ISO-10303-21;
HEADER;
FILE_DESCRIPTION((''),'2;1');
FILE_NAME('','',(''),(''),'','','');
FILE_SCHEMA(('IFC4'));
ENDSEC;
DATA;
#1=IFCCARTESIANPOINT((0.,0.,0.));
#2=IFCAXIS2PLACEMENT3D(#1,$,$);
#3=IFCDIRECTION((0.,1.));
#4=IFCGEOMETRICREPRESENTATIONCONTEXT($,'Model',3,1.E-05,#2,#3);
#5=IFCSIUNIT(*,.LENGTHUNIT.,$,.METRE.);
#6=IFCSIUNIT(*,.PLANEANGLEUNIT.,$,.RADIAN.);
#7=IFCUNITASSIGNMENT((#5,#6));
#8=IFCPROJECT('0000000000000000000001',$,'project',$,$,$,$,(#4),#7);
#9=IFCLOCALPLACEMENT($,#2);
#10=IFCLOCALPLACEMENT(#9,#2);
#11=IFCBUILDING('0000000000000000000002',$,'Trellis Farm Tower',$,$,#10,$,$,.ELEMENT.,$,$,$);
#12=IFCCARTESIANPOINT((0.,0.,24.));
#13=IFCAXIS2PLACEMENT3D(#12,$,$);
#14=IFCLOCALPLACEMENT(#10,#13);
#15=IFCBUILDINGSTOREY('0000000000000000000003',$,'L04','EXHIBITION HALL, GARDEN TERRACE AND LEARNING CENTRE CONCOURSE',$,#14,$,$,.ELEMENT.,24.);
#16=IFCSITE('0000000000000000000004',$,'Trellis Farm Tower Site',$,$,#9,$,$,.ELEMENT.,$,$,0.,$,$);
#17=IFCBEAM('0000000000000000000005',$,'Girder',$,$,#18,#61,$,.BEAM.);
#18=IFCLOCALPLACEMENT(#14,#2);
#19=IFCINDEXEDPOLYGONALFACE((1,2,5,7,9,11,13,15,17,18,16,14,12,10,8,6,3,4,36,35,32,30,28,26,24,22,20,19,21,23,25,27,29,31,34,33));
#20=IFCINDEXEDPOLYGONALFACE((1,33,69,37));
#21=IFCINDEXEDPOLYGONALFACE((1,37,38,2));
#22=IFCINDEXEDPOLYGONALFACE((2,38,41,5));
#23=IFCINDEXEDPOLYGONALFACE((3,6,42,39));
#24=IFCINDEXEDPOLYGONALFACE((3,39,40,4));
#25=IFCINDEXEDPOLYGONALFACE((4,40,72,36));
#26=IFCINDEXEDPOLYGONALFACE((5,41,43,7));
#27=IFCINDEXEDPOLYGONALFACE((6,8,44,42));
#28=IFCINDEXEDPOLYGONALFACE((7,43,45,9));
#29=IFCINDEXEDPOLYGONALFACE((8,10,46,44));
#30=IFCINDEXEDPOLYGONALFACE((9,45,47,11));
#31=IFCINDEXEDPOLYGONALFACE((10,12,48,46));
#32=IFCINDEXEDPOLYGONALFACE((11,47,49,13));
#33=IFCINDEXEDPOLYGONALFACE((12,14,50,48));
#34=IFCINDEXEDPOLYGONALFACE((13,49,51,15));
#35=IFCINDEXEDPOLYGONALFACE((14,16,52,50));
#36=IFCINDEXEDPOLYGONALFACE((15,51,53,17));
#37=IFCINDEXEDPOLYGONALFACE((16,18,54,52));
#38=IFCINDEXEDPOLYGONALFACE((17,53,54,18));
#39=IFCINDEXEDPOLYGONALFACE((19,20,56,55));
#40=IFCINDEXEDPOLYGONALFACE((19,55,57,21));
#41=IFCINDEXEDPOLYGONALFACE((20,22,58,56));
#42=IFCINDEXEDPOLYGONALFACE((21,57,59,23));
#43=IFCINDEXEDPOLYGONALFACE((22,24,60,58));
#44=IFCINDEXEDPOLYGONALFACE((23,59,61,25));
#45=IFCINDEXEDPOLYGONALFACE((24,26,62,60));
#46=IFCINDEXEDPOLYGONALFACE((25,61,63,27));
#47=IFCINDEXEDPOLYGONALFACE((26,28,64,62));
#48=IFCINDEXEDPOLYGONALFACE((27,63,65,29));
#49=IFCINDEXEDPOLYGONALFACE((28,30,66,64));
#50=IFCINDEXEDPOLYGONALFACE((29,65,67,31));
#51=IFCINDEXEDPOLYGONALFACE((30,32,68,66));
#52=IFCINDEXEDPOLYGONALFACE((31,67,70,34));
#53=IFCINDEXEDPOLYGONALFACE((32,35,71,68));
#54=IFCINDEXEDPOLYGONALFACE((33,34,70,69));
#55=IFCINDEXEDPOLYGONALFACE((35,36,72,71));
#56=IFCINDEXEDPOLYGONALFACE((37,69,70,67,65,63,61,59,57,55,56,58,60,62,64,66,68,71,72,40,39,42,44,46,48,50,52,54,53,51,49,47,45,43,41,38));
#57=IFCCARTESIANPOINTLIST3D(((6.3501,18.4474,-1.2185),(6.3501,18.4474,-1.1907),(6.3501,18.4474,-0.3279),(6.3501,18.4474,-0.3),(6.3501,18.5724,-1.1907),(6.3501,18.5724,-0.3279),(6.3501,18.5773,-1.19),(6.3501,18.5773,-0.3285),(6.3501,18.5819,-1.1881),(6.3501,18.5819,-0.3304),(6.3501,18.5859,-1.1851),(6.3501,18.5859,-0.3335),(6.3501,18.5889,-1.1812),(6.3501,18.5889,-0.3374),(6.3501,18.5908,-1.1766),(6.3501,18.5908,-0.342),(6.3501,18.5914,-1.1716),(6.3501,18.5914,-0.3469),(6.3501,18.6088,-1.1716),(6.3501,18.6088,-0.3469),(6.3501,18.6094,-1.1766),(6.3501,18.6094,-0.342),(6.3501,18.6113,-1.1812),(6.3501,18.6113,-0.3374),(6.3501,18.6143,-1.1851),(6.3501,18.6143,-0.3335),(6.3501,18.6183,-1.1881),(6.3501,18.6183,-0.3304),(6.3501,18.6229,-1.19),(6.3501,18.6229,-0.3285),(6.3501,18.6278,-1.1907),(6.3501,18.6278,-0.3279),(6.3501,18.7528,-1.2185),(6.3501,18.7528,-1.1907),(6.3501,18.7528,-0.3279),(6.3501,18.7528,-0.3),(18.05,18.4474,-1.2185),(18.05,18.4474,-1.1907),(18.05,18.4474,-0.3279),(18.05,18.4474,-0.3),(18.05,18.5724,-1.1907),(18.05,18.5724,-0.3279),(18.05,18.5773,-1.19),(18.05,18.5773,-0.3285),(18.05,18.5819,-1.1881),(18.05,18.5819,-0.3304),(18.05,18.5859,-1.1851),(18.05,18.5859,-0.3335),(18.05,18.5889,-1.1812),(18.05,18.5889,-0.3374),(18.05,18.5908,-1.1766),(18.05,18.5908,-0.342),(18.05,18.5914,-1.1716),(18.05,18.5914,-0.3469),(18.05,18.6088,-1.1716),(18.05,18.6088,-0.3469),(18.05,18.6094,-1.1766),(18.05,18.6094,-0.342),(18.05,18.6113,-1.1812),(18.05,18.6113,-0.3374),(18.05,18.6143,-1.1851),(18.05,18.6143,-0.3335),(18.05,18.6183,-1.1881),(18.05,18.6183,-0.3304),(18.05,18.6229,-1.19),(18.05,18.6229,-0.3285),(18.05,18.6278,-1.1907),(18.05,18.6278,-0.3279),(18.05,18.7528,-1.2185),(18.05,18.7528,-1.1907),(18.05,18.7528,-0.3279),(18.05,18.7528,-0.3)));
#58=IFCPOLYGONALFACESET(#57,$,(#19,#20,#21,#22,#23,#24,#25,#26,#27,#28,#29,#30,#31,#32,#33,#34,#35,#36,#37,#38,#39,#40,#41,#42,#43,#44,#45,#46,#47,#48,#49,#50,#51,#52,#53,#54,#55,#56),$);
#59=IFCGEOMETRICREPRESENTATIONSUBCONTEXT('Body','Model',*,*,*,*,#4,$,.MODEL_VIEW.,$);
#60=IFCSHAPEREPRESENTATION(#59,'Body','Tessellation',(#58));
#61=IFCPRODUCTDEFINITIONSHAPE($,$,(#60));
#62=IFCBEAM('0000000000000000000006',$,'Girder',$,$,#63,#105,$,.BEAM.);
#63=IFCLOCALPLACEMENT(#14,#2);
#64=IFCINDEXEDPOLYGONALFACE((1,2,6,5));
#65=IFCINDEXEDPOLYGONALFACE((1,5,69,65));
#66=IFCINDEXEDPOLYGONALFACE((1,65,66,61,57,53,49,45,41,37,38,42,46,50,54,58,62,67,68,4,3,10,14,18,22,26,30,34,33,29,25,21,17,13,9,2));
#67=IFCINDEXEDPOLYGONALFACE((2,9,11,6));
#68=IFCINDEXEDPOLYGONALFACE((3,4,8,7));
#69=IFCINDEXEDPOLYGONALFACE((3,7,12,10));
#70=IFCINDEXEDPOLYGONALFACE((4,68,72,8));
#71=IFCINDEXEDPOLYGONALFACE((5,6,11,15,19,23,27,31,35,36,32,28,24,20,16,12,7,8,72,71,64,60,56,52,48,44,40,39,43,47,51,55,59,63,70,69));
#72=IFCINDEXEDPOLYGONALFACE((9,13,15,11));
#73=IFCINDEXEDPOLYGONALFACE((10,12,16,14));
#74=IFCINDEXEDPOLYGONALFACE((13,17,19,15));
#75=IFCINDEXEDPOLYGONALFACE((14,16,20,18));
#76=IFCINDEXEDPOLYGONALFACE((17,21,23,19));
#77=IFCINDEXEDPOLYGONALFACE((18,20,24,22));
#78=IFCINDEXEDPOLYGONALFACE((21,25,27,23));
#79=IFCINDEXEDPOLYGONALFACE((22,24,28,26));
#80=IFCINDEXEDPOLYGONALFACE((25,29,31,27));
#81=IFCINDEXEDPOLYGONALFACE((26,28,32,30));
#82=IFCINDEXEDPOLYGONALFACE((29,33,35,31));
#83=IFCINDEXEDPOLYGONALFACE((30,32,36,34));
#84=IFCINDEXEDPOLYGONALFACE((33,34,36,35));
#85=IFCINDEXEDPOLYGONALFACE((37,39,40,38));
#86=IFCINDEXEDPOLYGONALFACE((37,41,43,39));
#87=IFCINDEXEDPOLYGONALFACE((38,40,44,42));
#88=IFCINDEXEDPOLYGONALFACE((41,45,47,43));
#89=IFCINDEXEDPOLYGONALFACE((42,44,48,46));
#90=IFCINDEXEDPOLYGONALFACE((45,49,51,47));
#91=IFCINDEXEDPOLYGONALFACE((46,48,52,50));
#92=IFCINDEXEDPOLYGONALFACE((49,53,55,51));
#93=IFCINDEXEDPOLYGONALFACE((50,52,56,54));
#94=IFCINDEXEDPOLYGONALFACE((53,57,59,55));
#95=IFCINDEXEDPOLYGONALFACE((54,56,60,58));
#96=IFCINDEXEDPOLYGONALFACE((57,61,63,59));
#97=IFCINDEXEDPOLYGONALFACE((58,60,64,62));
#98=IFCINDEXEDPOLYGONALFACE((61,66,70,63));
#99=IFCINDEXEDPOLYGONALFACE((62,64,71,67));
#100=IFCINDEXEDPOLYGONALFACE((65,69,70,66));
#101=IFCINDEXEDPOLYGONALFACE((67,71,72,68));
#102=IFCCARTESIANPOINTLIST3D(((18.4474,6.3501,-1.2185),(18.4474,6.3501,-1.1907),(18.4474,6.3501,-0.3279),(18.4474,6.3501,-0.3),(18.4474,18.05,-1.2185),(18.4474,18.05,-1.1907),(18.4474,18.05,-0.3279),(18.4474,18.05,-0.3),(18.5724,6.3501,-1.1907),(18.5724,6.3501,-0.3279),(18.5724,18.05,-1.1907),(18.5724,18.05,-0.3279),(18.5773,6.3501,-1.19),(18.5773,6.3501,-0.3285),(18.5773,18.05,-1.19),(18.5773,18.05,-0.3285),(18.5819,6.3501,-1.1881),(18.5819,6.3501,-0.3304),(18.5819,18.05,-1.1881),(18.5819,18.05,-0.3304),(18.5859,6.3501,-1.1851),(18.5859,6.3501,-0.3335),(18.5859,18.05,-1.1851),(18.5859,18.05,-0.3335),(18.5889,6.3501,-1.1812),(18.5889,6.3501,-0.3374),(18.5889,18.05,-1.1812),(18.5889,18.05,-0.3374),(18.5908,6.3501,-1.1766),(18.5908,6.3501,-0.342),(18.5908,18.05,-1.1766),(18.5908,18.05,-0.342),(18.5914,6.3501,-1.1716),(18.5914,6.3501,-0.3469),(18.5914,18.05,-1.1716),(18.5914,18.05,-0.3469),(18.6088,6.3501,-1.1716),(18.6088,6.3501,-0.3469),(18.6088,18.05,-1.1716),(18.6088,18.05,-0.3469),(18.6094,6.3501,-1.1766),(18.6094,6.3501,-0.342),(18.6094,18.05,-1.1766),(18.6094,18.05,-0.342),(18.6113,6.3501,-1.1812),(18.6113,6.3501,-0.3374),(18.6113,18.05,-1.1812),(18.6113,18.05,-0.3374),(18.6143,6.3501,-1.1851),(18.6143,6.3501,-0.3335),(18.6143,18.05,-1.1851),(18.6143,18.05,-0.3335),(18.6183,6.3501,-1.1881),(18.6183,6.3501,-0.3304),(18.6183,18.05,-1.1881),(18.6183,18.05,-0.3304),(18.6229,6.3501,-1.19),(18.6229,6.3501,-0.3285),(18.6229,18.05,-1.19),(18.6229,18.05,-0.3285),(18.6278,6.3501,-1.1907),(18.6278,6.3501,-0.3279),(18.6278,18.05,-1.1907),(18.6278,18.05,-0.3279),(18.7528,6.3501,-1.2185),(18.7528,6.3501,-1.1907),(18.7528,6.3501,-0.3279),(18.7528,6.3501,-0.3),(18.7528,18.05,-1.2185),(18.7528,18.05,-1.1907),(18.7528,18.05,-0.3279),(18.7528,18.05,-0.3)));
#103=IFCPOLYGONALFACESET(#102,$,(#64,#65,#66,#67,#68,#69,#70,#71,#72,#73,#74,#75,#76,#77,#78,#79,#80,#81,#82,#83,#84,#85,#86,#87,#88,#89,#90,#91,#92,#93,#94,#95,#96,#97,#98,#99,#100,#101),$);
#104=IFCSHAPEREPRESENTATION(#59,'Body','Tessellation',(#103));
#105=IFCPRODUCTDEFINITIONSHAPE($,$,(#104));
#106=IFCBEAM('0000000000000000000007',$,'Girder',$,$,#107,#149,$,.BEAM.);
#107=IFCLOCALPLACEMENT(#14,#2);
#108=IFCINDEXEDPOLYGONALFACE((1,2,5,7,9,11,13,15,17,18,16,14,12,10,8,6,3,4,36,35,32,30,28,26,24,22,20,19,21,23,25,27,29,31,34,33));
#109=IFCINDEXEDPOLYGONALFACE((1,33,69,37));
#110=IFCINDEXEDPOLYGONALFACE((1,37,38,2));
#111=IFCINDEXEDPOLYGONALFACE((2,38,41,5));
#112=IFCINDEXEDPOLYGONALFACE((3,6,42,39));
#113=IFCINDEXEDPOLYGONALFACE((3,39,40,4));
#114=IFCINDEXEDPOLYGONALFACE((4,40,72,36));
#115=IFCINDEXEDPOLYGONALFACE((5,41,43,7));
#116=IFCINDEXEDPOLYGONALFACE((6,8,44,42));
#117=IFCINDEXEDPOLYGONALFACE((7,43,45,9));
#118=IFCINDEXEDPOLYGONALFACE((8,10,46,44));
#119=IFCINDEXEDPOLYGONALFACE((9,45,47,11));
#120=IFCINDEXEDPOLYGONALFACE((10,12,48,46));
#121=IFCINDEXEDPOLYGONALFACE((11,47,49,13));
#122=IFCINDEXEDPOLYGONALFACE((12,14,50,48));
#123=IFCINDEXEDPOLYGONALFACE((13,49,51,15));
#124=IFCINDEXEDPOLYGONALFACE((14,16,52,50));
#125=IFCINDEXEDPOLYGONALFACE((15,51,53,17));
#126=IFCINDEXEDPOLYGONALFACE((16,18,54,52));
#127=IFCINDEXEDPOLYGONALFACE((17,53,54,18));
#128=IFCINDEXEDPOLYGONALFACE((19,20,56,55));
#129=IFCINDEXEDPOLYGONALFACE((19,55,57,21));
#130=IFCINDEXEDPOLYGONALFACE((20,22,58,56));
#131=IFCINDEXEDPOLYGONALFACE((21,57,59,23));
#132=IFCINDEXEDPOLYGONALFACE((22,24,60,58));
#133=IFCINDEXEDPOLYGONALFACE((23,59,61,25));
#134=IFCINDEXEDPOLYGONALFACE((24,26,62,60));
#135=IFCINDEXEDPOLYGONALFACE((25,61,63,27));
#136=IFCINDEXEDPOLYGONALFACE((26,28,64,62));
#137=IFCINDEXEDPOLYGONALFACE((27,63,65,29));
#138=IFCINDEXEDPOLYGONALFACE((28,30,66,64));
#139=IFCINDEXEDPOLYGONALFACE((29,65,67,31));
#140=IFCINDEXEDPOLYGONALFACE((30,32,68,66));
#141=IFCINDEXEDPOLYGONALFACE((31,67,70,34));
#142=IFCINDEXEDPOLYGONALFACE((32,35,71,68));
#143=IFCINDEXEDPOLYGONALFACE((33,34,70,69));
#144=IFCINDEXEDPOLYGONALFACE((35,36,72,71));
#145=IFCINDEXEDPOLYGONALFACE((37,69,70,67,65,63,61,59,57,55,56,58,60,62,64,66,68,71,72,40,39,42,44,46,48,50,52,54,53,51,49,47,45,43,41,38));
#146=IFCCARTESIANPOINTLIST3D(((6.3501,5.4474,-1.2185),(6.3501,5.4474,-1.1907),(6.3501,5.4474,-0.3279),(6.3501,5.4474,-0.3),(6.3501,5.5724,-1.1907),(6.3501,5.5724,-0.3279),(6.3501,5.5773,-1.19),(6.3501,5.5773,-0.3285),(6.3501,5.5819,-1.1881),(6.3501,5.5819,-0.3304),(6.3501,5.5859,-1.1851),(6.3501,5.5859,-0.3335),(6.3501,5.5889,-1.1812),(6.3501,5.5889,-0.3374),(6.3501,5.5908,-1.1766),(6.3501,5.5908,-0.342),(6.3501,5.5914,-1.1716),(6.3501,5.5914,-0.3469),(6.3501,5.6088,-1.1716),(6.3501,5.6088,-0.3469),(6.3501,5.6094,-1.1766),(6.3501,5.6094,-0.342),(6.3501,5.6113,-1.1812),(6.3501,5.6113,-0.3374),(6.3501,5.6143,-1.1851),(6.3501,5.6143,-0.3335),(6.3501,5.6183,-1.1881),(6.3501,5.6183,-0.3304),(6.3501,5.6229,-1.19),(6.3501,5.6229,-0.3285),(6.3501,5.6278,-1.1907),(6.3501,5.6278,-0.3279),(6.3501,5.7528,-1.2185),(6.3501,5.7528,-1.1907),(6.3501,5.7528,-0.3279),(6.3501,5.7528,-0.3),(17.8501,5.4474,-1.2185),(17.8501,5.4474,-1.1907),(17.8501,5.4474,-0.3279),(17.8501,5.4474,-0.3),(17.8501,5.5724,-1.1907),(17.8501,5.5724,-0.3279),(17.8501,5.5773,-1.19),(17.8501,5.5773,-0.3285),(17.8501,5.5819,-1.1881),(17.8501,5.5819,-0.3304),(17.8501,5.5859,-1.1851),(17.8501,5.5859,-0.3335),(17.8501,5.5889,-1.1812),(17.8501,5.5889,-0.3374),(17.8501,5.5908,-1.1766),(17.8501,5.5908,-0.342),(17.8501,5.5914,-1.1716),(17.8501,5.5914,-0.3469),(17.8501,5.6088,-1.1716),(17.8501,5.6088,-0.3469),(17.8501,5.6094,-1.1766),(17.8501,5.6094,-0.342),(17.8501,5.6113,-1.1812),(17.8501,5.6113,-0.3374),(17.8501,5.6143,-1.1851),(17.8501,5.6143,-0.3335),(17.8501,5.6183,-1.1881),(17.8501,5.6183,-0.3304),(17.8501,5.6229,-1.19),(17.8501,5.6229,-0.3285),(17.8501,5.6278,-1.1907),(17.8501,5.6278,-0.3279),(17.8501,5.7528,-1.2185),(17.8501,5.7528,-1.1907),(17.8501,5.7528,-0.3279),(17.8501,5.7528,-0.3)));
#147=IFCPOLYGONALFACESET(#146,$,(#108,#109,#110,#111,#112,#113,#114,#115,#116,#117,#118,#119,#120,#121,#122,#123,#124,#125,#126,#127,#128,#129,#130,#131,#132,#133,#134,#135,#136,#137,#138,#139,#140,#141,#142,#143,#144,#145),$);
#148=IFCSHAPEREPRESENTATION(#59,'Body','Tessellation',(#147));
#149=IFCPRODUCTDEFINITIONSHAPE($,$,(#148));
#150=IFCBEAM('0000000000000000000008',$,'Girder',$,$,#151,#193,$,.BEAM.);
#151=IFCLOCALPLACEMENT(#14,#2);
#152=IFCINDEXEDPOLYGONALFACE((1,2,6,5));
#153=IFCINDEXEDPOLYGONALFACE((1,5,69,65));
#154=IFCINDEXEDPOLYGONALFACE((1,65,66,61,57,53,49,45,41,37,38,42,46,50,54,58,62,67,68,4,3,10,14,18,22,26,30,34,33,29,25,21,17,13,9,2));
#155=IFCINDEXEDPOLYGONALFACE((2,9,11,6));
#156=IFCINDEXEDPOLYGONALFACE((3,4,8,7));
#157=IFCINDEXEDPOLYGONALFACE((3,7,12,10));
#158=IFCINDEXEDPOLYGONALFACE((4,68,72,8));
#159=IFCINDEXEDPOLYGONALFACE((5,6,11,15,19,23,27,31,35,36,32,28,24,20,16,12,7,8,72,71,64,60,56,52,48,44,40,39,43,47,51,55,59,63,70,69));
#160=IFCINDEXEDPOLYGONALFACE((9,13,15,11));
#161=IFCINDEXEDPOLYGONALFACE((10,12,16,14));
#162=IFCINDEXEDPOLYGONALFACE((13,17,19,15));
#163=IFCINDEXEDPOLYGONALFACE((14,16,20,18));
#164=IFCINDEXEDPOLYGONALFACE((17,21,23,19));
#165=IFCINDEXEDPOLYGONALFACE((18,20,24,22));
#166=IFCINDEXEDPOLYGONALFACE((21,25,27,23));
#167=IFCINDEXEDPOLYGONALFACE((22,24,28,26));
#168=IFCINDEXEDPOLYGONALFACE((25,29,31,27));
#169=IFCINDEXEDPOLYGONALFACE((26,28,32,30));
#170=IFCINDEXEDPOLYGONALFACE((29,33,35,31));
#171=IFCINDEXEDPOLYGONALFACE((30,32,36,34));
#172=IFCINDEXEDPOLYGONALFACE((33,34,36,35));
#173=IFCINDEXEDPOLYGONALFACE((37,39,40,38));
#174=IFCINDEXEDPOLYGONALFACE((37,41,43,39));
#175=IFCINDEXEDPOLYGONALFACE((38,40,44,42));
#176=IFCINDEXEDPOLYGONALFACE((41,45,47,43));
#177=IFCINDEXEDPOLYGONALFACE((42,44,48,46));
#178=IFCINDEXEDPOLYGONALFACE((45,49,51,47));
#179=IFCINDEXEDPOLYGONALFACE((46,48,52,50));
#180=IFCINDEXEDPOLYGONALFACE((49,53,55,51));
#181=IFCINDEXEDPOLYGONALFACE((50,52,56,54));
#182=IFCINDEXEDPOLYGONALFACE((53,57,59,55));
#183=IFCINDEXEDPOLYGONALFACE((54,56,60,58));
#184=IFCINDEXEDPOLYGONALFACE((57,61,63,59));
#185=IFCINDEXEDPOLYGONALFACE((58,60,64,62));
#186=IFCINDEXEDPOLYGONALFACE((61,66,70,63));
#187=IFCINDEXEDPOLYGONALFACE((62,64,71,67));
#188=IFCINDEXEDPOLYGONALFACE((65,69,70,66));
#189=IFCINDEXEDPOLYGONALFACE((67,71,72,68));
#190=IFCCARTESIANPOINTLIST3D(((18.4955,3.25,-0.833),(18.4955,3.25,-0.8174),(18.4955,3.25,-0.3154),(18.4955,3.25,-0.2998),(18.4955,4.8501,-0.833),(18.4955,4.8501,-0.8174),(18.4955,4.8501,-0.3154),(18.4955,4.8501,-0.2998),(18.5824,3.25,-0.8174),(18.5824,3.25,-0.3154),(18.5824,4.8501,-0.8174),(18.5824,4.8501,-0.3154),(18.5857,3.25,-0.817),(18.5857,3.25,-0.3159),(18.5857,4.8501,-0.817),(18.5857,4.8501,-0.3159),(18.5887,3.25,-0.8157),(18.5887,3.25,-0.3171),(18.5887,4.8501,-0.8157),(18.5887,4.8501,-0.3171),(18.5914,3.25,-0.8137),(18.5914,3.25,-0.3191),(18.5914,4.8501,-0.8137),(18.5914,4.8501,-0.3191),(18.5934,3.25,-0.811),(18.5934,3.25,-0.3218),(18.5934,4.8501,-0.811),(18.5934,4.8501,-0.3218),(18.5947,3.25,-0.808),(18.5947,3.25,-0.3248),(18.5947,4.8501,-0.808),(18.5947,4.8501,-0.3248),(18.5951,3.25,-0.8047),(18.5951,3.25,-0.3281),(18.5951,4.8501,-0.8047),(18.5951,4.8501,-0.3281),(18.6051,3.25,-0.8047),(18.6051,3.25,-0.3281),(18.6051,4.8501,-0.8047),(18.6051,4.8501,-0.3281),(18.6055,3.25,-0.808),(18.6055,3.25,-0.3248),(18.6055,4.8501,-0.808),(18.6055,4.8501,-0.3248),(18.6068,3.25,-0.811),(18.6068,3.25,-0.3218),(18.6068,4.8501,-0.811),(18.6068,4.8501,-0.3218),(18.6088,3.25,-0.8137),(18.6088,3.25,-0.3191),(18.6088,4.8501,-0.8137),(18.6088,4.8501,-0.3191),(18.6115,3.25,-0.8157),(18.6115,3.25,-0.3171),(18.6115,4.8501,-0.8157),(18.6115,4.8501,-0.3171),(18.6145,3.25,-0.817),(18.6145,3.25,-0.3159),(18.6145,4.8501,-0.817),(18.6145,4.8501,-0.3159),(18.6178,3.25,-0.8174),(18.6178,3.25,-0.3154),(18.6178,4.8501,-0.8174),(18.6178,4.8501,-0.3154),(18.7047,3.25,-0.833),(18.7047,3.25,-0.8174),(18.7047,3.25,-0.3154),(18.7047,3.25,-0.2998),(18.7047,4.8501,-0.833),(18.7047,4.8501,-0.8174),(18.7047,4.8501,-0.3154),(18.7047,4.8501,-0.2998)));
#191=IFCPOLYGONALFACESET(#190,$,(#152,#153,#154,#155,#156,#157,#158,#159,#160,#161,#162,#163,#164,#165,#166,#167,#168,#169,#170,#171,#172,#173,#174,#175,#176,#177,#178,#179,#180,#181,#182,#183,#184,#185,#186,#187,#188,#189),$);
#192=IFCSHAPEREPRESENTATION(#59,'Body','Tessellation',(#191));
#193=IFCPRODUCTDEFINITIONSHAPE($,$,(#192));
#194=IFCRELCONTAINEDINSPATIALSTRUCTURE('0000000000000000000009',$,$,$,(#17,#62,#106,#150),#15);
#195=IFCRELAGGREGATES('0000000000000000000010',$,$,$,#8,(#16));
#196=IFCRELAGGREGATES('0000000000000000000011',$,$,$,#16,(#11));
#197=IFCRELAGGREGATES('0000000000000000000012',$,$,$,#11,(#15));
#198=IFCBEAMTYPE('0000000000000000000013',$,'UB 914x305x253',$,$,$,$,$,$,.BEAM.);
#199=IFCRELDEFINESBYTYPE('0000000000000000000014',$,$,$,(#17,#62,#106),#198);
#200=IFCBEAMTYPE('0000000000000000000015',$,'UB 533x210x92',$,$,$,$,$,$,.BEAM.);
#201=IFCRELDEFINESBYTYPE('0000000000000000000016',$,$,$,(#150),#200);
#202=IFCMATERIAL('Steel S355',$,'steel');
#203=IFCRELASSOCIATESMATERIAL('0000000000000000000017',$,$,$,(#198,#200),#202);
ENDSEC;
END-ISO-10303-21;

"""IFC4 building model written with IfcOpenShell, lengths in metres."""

from ifc_helpers import new_model, si_unit, direction, frame, origin, origin_2d, place, context, subcontext, project, spatial, i_section, extrude, source, transform, mapped, material, material_profile, profile_set, type_object, element, save


model = new_model("IFC4")

# Units and contexts
model_context = context("Model", 3, precision=1e-05, world=origin(), true_north=direction((0.0, 1.0)))
body_context = subcontext(model_context, "Body", "Model", "MODEL_VIEW")
ifc_project = project(units=[si_unit("LENGTHUNIT", "METRE"), si_unit("PLANEANGLEUNIT", "RADIAN")], contexts=[model_context])

# Site, building, storey
site_placement = place(None, origin())
site = spatial("IfcSite", under=ifc_project, at=site_placement, Name="Trellis Farm Tower Site", CompositionType="ELEMENT", RefElevation=0.0)
building_placement = place(site_placement, origin())
building = spatial("IfcBuilding", under=site, at=building_placement, Name="Trellis Farm Tower", CompositionType="ELEMENT")
storey_placement = place(building_placement, frame((0.0, 0.0, 24.0)))
storey = spatial("IfcBuildingStorey", under=building, at=storey_placement, Name="L04", Description="EXHIBITION HALL, GARDEN TERRACE AND LEARNING CENTRE CONCOURSE", CompositionType="ELEMENT", Elevation=24.0)

# Beams
ifc_material_1 = material(Name="Steel S355", Category="steel")
ifc_material_profile_1 = material_profile(ifc_material_1, i_section(OverallWidth=0.3054, OverallDepth=0.9185, WebThickness=0.0173, FlangeThickness=0.0278, FilletRadius=0.019, at=origin_2d()), Name="UB 914x305x253")
ifc_profile_set_1 = profile_set([ifc_material_profile_1], Name="Steel S355")
beam_type_1 = type_object("IfcBeamType", Name="UB 914x305x253", PredefinedType="BEAM", material=ifc_profile_set_1)
shared_shape_1 = source(origin(), body_context, "Body", "SweptSolid", [
    extrude(i_section(OverallWidth=0.3054, OverallDepth=0.9185, WebThickness=0.0173, FlangeThickness=0.0278, FilletRadius=0.019, at=origin_2d()), origin(), (0.0, 0.0, 1.0), 11.7),
])
for number, where, z_axis, x_axis, name in (
    (1, (6.3501, 18.6001, -0.7593), (1.0, 0.0, 0.0), (0.0, 1.0, 0.0), "Girder"),
    (2, (18.6001, 6.3501, -0.7593), (0.0, 1.0, 0.0), (-1.0, 0.0, 0.0), "Girder"),
):
    element("IfcBeam", number, at=place(storey_placement, frame(where, z_axis=z_axis, x_axis=x_axis)), inside=storey, type_object=beam_type_1, Name=name, PredefinedType="BEAM", context=body_context, shape_type="MappedRepresentation", body=[
        mapped(shared_shape_1, transform((0.0, 0.0, 0.0))),
    ])
shared_shape_2 = source(origin(), body_context, "Body", "SweptSolid", [
    extrude(i_section(OverallWidth=0.3054, OverallDepth=0.9185, WebThickness=0.0173, FlangeThickness=0.0278, FilletRadius=0.019, at=origin_2d()), origin(), (0.0, 0.0, 1.0), 11.5),
])
beam_1_placement = place(storey_placement, frame((6.3501, 5.6001, -0.7593), z_axis=(1.0, 0.0, 0.0), x_axis=(0.0, 1.0, 0.0)))
element("IfcBeam", 3, at=beam_1_placement, inside=storey, type_object=beam_type_1, Name="Girder", PredefinedType="BEAM", context=body_context, shape_type="MappedRepresentation", body=[
    mapped(shared_shape_2, transform((0.0, 0.0, 0.0))),
])
ifc_material_profile_2 = material_profile(ifc_material_1, i_section(OverallWidth=0.2092, OverallDepth=0.5332, WebThickness=0.01, FlangeThickness=0.0156, FilletRadius=0.0127, at=origin_2d()), Name="UB 533x210x92")
ifc_profile_set_2 = profile_set([ifc_material_profile_2], Name="Steel S355")
beam_type_2 = type_object("IfcBeamType", Name="UB 533x210x92", PredefinedType="BEAM", material=ifc_profile_set_2)
shared_shape_3 = source(origin(), body_context, "Body", "SweptSolid", [
    extrude(i_section(OverallWidth=0.2092, OverallDepth=0.5332, WebThickness=0.01, FlangeThickness=0.0156, FilletRadius=0.0127, at=origin_2d()), origin(), (0.0, 0.0, 1.0), 1.6001),
])
beam_2_placement = place(storey_placement, frame((18.6001, 3.25, -0.5664), z_axis=(0.0, 1.0, 0.0), x_axis=(-1.0, 0.0, 0.0)))
element("IfcBeam", 4, at=beam_2_placement, inside=storey, type_object=beam_type_2, Name="Girder", PredefinedType="BEAM", context=body_context, shape_type="MappedRepresentation", body=[
    mapped(shared_shape_3, transform((0.0, 0.0, 0.0))),
])

save(model, "model.ifc")
